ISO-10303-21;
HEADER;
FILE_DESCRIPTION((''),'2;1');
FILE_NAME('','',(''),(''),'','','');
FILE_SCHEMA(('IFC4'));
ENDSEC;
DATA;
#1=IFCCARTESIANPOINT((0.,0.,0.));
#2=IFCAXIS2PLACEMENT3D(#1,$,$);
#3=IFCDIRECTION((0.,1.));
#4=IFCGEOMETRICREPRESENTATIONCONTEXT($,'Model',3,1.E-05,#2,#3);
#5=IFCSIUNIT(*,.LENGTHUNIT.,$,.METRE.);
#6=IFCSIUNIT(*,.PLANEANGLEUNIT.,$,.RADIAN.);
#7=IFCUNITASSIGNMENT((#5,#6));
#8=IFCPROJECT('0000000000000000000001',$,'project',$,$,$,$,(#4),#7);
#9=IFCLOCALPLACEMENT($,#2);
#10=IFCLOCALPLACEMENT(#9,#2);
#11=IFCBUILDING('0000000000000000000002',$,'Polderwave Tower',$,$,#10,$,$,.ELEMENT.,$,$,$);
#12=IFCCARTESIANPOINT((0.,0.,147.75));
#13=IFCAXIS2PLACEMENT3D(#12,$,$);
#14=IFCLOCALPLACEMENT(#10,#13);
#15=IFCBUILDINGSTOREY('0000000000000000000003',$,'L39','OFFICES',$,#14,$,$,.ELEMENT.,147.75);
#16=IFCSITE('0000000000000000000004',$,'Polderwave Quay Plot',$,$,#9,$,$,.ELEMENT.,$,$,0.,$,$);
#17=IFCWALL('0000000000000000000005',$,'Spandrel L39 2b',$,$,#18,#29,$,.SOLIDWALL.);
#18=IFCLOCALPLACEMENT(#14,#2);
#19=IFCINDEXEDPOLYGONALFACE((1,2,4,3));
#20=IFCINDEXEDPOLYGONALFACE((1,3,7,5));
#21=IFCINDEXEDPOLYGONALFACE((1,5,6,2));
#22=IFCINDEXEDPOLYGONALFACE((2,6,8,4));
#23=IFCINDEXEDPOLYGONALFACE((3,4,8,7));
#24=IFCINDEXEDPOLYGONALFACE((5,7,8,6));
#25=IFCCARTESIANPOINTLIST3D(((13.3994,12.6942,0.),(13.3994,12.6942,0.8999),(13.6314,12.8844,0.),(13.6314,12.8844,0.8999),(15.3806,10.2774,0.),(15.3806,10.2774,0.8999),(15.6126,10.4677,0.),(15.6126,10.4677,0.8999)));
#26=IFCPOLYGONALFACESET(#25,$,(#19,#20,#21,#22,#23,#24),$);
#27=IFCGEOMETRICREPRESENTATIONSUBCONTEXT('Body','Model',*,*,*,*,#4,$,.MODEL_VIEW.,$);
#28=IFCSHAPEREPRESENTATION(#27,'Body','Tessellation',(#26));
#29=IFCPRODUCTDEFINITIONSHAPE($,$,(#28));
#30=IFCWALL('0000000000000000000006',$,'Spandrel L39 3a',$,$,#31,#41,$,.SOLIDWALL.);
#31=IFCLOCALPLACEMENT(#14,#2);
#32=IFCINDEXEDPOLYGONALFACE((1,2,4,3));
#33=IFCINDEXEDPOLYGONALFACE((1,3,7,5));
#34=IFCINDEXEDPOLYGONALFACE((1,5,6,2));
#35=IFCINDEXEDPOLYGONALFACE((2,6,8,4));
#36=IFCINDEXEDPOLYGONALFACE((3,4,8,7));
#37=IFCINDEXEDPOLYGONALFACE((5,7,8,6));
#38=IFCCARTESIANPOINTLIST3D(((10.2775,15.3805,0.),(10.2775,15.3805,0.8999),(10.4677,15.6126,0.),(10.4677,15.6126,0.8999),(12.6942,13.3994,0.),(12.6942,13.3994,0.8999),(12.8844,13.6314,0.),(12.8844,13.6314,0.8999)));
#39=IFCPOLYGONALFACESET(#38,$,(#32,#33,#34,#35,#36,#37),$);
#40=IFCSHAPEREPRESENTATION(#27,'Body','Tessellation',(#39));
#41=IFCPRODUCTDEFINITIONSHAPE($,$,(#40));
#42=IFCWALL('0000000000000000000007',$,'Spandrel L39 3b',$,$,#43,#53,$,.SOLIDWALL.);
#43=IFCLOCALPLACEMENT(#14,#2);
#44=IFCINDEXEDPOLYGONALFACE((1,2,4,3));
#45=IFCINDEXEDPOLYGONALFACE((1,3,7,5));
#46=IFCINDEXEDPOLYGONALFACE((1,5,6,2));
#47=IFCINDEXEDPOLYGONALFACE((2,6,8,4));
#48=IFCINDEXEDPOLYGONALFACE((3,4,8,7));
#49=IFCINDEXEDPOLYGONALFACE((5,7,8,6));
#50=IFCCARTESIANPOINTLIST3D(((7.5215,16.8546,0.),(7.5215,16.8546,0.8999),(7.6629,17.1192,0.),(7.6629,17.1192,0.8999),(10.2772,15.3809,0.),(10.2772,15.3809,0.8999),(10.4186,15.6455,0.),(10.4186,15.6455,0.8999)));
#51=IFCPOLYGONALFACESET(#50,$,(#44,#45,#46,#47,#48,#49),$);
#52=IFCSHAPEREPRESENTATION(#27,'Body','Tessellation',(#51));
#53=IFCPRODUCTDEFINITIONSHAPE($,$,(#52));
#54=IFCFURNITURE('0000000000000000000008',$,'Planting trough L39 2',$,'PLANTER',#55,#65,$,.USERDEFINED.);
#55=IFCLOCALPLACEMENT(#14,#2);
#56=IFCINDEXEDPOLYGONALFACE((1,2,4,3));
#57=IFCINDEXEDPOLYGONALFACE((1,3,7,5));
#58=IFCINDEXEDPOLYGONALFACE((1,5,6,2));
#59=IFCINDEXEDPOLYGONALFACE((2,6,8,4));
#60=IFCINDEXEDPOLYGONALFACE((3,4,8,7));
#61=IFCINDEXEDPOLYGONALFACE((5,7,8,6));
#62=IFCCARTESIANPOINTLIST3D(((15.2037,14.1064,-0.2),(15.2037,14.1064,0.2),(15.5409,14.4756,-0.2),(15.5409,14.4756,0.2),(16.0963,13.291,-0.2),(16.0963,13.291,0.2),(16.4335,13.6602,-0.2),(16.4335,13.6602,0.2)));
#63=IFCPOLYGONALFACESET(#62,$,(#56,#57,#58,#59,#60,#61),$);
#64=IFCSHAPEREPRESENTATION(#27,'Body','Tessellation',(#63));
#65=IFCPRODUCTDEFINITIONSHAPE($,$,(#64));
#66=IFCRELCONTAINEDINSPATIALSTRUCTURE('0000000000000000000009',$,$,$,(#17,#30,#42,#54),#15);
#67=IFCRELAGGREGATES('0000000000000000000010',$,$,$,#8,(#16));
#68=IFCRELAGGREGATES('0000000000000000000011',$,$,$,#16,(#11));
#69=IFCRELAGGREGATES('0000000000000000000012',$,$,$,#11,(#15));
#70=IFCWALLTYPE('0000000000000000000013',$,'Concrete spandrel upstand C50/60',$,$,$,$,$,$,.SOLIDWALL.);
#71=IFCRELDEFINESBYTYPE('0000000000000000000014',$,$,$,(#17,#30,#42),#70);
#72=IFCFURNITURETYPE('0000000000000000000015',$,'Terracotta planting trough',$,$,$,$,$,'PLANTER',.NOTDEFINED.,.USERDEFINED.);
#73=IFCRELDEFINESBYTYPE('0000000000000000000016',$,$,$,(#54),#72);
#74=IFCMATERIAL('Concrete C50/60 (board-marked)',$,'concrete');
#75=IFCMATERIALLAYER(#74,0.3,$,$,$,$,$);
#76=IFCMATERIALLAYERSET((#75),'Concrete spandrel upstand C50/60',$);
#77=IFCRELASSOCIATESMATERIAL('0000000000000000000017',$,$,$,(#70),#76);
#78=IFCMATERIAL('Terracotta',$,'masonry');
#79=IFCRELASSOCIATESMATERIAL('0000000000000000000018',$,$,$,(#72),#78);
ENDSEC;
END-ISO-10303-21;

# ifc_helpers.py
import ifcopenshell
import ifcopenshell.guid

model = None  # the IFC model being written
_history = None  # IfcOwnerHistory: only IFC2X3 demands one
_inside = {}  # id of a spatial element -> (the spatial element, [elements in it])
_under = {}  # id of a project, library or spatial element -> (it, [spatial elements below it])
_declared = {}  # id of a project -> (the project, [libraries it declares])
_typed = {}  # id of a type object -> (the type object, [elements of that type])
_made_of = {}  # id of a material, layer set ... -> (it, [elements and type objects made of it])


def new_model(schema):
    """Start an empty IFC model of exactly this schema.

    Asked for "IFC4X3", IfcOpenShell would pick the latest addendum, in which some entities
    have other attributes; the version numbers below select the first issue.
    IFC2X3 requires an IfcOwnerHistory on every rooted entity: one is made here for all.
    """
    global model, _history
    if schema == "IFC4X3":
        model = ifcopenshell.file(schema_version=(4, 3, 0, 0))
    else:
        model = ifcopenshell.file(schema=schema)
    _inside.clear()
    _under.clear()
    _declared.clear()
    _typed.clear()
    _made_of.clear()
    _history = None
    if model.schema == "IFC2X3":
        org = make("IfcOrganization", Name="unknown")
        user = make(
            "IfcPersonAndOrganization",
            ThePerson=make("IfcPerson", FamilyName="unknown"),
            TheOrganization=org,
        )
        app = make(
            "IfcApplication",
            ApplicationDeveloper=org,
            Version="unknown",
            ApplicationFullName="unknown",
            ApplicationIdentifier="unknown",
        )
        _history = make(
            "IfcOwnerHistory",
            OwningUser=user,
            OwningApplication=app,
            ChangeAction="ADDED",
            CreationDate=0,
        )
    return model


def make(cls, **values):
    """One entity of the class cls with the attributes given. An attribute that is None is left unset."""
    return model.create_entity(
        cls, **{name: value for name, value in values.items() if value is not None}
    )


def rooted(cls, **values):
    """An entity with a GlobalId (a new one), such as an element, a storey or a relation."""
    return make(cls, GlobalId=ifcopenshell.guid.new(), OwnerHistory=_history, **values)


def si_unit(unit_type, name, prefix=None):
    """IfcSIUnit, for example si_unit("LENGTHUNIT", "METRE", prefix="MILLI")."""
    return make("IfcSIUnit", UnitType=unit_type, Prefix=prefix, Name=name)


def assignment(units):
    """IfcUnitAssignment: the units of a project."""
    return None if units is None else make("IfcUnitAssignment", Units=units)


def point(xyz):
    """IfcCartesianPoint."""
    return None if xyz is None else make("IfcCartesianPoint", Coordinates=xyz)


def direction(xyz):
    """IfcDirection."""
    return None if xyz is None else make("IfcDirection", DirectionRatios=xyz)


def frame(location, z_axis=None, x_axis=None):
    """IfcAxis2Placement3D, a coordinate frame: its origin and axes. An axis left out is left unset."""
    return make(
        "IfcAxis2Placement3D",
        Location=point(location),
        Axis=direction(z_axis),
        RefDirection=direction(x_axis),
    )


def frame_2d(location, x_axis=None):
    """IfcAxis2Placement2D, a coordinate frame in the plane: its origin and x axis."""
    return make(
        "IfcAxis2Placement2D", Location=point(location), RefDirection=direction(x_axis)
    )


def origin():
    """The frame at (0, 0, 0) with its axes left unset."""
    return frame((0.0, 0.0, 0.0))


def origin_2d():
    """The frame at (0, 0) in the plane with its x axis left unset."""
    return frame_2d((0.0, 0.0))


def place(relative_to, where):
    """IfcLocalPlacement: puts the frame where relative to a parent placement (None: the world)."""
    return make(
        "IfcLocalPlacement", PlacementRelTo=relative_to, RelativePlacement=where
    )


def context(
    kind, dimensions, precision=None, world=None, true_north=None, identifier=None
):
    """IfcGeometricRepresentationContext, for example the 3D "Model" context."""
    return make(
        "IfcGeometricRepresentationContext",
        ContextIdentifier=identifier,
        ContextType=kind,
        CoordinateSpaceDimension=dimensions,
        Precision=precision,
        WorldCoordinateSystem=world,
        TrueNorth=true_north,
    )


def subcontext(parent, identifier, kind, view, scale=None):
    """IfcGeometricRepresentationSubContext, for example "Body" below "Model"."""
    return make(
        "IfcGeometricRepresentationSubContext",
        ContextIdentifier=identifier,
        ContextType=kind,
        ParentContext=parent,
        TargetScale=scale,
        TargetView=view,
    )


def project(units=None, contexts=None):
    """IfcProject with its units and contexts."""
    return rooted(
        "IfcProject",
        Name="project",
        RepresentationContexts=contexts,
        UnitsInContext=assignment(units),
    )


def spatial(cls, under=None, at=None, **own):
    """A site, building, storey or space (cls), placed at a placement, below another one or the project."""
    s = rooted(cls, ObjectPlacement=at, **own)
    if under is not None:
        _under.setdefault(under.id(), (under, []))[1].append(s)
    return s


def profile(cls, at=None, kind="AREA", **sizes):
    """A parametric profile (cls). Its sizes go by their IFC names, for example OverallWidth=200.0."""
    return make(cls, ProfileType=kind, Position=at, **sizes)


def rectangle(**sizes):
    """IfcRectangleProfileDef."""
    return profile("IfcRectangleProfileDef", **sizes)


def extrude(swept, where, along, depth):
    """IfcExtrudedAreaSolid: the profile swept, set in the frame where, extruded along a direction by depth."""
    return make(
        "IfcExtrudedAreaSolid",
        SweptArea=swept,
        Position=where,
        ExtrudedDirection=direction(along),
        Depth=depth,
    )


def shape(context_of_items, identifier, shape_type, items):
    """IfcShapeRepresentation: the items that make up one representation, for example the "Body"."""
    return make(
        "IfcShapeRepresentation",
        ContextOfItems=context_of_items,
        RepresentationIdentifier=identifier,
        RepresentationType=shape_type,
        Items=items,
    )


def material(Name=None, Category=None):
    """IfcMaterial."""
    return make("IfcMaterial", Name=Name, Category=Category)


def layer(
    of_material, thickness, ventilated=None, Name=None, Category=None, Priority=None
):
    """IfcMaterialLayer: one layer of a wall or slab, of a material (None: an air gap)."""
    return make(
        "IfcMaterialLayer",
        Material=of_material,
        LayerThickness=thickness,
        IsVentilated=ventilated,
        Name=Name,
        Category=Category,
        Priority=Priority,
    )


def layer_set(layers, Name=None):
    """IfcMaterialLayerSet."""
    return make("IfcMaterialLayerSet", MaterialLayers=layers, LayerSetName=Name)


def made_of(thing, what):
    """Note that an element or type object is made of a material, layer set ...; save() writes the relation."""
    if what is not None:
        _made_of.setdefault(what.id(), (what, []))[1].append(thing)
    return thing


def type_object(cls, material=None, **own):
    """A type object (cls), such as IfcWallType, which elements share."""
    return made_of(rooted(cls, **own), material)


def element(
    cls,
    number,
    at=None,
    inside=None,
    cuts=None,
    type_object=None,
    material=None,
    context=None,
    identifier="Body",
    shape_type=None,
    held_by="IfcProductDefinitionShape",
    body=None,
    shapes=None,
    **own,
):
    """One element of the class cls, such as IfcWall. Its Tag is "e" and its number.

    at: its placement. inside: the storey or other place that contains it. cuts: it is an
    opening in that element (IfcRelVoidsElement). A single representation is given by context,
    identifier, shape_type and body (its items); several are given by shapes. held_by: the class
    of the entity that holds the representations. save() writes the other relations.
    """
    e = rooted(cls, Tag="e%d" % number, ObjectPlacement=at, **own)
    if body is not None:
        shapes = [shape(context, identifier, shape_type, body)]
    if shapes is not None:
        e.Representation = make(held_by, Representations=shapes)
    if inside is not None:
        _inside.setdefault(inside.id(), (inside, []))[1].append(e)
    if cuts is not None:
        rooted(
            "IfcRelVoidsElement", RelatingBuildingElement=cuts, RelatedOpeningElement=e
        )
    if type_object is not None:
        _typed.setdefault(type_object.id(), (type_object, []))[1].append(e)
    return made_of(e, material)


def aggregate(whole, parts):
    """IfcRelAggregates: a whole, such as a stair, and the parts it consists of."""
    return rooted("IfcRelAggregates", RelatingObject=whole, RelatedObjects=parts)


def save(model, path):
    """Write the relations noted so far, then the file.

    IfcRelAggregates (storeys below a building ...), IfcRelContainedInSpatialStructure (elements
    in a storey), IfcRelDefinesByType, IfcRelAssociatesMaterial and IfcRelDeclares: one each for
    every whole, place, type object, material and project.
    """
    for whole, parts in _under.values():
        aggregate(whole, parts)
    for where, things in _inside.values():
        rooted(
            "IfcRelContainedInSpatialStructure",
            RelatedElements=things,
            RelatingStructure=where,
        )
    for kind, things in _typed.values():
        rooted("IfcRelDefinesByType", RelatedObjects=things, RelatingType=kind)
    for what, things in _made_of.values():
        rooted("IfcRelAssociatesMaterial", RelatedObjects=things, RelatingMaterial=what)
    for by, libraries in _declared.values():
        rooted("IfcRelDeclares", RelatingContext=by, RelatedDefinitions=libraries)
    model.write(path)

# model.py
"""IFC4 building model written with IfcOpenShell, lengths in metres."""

from ifc_helpers import new_model, si_unit, direction, frame, frame_2d, origin, origin_2d, place, context, subcontext, project, spatial, rectangle, extrude, material, layer, layer_set, type_object, element, save


model = new_model("IFC4")

# Units and contexts
model_context = context("Model", 3, precision=1e-05, world=origin(), true_north=direction((0.0, 1.0)))
body_context = subcontext(model_context, "Body", "Model", "MODEL_VIEW")
ifc_project = project(units=[si_unit("LENGTHUNIT", "METRE"), si_unit("PLANEANGLEUNIT", "RADIAN")], contexts=[model_context])

# Site, building, storey
site_placement = place(None, origin())
site = spatial("IfcSite", under=ifc_project, at=site_placement, Name="Polderwave Quay Plot", CompositionType="ELEMENT", RefElevation=0.0)
building_placement = place(site_placement, origin())
building = spatial("IfcBuilding", under=site, at=building_placement, Name="Polderwave Tower", CompositionType="ELEMENT")
storey_placement = place(building_placement, frame((0.0, 0.0, 147.75)))
storey = spatial("IfcBuildingStorey", under=building, at=storey_placement, Name="L39", Description="OFFICES", CompositionType="ELEMENT", Elevation=147.75)

# Walls
ifc_material_1 = material(Name="Concrete C50/60 (board-marked)", Category="concrete")
ifc_layer_1 = layer(ifc_material_1, 0.3)
ifc_layer_set_1 = layer_set([ifc_layer_1], Name="Concrete spandrel upstand C50/60")
wall_type = type_object("IfcWallType", Name="Concrete spandrel upstand C50/60", PredefinedType="SOLIDWALL", material=ifc_layer_set_1)
for number, where, z_axis, x_axis, name in (
    (1, (15.4966, 10.3726, 0.0), (0.0, 0.0, 1.0), (-0.633978, 0.773351, 0.0), "Spandrel L39 2b"),
    (2, (12.7893, 13.5154, 0.0), (0.0, 0.0, 1.0), (-0.773351, 0.633978, 0.0), "Spandrel L39 3a"),
    (3, (10.3479, 15.5132, 0.0), (0.0, 0.0, 1.0), (-0.881825, 0.471577, 0.0), "Spandrel L39 3b"),
):
    element("IfcWall", number, at=place(storey_placement, frame(where, z_axis=z_axis, x_axis=x_axis)), inside=storey, type_object=wall_type, Name=name, PredefinedType="SOLIDWALL", context=body_context, shape_type="SweptSolid", body=[
        extrude(rectangle(XDim=3.125, YDim=0.3, at=frame_2d((1.5625, 0.0))), origin(), (0.0, 0.0, 1.0), 0.8999),
    ])

# Furniture
ifc_material_2 = material(Name="Terracotta", Category="masonry")
furniture_type = type_object("IfcFurnitureType", Name="Terracotta planting trough", ElementType="PLANTER", AssemblyPlace="NOTDEFINED", PredefinedType="USERDEFINED", material=ifc_material_2)
furniture_placement = place(storey_placement, frame((15.8186, 13.8833, -0.2), z_axis=(0.0, 0.0, 1.0), x_axis=(-0.738307, 0.674465, 0.0)))
element("IfcFurniture", 4, at=furniture_placement, inside=storey, type_object=furniture_type, Name="Planting trough L39 2", ObjectType="PLANTER", PredefinedType="USERDEFINED", context=body_context, shape_type="SweptSolid", body=[
    extrude(rectangle(XDim=1.209, YDim=0.5, at=origin_2d()), origin(), (0.0, 0.0, 1.0), 0.3999),
])

save(model, "model.ifc")
